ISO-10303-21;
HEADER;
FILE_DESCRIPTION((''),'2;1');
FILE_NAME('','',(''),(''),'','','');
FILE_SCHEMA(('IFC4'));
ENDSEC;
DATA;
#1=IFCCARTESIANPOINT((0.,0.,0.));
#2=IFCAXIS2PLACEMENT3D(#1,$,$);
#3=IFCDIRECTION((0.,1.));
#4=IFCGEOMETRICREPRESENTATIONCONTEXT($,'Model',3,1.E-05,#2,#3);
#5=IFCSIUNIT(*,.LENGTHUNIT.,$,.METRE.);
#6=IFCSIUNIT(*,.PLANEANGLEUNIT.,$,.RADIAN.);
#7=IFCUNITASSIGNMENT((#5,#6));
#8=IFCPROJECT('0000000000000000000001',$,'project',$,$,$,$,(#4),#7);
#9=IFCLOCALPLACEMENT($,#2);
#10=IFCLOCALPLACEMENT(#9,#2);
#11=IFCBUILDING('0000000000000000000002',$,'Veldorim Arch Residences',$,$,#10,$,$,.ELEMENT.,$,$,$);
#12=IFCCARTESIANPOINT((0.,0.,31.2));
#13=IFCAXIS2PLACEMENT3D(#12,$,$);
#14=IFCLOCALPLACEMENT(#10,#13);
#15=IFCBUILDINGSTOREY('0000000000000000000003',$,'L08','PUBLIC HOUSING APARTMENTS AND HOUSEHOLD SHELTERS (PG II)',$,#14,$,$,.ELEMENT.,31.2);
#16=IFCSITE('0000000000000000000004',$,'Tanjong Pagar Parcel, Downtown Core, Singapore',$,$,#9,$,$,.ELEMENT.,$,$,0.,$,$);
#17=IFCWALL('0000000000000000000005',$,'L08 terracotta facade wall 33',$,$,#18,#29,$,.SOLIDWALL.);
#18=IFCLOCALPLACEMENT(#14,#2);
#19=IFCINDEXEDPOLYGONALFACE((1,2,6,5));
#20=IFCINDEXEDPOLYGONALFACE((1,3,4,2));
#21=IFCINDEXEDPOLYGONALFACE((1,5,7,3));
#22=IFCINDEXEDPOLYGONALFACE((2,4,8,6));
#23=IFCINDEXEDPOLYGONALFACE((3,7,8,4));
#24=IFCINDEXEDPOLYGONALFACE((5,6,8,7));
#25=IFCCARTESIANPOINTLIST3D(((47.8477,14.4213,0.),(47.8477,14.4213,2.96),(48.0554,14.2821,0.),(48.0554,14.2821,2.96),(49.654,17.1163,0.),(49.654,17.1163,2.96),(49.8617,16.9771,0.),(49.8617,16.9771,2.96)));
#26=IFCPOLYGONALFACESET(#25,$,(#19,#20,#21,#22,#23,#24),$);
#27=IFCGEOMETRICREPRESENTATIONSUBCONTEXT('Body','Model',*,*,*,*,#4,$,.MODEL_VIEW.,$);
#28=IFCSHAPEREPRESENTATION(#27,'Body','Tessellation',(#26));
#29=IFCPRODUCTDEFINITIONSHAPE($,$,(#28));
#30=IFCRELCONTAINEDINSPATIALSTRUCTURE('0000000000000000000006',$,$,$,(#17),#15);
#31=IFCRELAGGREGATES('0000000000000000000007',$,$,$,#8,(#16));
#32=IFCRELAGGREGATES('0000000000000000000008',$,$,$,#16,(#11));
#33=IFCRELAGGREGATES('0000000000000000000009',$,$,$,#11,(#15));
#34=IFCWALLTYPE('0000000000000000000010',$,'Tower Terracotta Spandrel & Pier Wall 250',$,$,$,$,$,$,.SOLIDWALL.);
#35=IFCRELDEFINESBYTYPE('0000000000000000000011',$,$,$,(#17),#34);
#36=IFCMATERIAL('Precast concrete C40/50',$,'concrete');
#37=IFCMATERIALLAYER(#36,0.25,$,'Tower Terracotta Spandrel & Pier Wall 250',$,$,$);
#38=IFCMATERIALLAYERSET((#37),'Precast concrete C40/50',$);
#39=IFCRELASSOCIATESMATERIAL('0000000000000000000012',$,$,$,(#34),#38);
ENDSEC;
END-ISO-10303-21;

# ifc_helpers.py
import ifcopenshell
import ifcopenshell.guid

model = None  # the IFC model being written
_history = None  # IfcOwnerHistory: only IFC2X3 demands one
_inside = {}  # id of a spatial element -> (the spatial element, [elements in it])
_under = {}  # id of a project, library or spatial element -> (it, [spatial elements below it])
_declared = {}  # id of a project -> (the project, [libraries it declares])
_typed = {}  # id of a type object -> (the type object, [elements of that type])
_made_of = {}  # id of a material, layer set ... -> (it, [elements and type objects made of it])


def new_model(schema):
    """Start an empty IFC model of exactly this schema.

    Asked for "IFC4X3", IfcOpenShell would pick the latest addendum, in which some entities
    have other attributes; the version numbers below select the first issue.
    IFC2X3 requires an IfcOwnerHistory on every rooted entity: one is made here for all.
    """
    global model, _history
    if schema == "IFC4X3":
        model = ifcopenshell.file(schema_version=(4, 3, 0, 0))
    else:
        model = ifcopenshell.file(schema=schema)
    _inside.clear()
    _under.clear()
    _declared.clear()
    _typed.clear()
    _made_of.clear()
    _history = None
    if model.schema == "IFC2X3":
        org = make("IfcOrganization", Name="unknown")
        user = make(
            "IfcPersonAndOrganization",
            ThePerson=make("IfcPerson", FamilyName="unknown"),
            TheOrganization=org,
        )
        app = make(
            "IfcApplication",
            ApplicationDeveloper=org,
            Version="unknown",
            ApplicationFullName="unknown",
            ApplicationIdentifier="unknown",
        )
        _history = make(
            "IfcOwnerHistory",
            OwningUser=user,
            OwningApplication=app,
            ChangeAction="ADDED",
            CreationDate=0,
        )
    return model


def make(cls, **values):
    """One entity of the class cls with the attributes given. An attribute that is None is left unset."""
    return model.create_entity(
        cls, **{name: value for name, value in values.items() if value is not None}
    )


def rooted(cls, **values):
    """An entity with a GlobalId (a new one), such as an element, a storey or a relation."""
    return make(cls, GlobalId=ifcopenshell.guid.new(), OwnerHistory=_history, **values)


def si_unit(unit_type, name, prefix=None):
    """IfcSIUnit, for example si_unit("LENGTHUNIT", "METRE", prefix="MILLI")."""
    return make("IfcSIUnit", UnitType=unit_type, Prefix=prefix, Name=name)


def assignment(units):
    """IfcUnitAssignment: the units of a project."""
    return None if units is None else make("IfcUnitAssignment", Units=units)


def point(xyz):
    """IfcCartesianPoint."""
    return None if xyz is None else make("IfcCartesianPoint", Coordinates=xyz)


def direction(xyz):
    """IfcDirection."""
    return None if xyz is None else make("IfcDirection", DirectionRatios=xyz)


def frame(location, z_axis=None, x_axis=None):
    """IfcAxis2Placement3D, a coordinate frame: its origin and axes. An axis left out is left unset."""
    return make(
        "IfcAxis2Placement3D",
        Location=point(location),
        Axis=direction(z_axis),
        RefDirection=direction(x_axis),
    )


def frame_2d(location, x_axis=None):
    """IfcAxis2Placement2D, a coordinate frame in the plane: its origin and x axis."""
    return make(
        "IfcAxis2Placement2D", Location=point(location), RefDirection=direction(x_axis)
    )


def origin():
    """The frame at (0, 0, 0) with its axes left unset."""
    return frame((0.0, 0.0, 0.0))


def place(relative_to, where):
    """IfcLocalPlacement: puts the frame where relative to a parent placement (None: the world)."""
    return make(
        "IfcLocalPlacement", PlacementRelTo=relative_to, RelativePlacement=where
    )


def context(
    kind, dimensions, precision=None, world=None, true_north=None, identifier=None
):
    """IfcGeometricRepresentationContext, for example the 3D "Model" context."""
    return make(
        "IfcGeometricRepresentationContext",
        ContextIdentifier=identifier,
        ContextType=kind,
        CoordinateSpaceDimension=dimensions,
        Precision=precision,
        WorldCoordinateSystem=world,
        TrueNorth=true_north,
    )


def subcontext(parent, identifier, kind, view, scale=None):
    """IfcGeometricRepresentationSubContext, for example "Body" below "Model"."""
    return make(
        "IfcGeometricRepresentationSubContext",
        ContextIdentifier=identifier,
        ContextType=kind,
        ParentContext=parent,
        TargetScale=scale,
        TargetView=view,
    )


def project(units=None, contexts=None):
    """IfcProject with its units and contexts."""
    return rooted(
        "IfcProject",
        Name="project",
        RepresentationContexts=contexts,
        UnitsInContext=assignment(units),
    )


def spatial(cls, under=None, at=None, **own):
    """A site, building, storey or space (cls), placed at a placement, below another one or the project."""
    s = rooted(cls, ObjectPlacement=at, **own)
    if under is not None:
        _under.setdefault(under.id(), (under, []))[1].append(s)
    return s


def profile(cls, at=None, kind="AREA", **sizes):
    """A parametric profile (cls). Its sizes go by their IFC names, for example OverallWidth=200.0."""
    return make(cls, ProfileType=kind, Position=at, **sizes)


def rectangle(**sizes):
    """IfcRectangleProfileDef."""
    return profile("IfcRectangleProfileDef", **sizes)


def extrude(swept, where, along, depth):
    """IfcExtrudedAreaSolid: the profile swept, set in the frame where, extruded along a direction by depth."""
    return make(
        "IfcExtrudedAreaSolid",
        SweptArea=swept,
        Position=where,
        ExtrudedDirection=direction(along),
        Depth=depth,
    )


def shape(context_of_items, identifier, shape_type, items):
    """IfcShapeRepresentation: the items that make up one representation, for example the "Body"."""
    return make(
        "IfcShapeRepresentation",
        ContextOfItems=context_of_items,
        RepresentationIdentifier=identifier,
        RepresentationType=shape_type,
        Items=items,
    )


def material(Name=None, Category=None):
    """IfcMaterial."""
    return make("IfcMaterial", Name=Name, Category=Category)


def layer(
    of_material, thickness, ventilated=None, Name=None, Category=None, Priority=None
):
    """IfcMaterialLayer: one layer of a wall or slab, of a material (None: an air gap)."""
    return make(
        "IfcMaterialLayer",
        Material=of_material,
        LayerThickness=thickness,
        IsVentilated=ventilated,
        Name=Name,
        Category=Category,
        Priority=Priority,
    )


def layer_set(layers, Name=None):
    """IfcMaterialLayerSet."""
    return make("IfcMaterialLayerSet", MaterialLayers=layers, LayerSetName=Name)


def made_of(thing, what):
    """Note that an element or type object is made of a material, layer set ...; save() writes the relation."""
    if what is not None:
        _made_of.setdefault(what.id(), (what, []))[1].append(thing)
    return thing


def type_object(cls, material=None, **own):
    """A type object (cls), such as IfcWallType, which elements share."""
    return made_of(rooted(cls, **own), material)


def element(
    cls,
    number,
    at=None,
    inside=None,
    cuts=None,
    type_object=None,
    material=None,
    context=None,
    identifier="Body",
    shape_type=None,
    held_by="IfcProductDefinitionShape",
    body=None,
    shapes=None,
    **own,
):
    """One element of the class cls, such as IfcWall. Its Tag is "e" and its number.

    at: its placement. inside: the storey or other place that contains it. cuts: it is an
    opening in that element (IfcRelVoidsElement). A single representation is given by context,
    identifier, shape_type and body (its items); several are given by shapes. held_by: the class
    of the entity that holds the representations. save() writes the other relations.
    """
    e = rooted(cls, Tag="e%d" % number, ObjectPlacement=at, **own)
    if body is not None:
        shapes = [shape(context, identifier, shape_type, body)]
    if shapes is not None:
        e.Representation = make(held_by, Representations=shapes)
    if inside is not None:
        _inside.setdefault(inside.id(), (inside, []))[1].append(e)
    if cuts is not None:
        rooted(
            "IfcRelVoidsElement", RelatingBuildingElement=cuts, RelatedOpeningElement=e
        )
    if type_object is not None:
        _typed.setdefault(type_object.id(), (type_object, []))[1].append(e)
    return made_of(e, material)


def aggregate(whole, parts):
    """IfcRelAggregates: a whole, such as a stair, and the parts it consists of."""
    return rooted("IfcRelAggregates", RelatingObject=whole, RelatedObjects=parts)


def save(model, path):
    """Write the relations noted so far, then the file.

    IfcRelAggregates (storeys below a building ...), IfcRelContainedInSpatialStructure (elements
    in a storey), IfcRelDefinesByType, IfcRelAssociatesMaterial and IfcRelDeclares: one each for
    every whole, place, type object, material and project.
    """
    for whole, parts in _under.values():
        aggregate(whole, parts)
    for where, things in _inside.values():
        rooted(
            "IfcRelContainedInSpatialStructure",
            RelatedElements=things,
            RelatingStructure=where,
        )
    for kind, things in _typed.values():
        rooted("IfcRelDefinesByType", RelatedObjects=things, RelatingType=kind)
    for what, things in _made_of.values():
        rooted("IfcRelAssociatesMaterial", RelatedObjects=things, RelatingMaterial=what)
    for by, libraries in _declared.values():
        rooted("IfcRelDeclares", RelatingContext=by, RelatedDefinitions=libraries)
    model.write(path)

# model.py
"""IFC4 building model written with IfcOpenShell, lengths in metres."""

from ifc_helpers import new_model, si_unit, direction, frame, frame_2d, origin, place, context, subcontext, project, spatial, rectangle, extrude, material, layer, layer_set, type_object, element, save


model = new_model("IFC4")

# Units and contexts
model_context = context("Model", 3, precision=1e-05, world=origin(), true_north=direction((0.0, 1.0)))
body_context = subcontext(model_context, "Body", "Model", "MODEL_VIEW")
ifc_project = project(units=[si_unit("LENGTHUNIT", "METRE"), si_unit("PLANEANGLEUNIT", "RADIAN")], contexts=[model_context])

# Site, building, storey
site_placement = place(None, origin())
site = spatial("IfcSite", under=ifc_project, at=site_placement, Name="Tanjong Pagar Parcel, Downtown Core, Singapore", CompositionType="ELEMENT", RefElevation=0.0)
building_placement = place(site_placement, origin())
building = spatial("IfcBuilding", under=site, at=building_placement, Name="Veldorim Arch Residences", CompositionType="ELEMENT")
storey_placement = place(building_placement, frame((0.0, 0.0, 31.2)))
storey = spatial("IfcBuildingStorey", under=building, at=storey_placement, Name="L08", Description="PUBLIC HOUSING APARTMENTS AND HOUSEHOLD SHELTERS (PG II)", CompositionType="ELEMENT", Elevation=31.2)

# Shared definitions
ifc_material_1 = material(Name="Precast concrete C40/50", Category="concrete")
ifc_layer_1 = layer(ifc_material_1, 0.25, Name="Tower Terracotta Spandrel & Pier Wall 250")
ifc_layer_set_1 = layer_set([ifc_layer_1], Name="Precast concrete C40/50")
wall_type_1 = type_object("IfcWallType", Name="Tower Terracotta Spandrel & Pier Wall 250", PredefinedType="SOLIDWALL", material=ifc_layer_set_1)

# Wall
wall_1_placement = place(storey_placement, frame((49.7578, 17.0466, 0.0), z_axis=(0.0, 0.0, 1.0), x_axis=(-0.556765, -0.83067, 0.0)))
element("IfcWall", 1, at=wall_1_placement, inside=storey, type_object=wall_type_1, Name="L08 terracotta facade wall 33", PredefinedType="SOLIDWALL", context=body_context, shape_type="SweptSolid", body=[
    extrude(rectangle(XDim=3.2444, YDim=0.25, at=frame_2d((1.6221, 0.0))), origin(), (0.0, 0.0, 1.0), 2.96),
])

save(model, "model.ifc")
